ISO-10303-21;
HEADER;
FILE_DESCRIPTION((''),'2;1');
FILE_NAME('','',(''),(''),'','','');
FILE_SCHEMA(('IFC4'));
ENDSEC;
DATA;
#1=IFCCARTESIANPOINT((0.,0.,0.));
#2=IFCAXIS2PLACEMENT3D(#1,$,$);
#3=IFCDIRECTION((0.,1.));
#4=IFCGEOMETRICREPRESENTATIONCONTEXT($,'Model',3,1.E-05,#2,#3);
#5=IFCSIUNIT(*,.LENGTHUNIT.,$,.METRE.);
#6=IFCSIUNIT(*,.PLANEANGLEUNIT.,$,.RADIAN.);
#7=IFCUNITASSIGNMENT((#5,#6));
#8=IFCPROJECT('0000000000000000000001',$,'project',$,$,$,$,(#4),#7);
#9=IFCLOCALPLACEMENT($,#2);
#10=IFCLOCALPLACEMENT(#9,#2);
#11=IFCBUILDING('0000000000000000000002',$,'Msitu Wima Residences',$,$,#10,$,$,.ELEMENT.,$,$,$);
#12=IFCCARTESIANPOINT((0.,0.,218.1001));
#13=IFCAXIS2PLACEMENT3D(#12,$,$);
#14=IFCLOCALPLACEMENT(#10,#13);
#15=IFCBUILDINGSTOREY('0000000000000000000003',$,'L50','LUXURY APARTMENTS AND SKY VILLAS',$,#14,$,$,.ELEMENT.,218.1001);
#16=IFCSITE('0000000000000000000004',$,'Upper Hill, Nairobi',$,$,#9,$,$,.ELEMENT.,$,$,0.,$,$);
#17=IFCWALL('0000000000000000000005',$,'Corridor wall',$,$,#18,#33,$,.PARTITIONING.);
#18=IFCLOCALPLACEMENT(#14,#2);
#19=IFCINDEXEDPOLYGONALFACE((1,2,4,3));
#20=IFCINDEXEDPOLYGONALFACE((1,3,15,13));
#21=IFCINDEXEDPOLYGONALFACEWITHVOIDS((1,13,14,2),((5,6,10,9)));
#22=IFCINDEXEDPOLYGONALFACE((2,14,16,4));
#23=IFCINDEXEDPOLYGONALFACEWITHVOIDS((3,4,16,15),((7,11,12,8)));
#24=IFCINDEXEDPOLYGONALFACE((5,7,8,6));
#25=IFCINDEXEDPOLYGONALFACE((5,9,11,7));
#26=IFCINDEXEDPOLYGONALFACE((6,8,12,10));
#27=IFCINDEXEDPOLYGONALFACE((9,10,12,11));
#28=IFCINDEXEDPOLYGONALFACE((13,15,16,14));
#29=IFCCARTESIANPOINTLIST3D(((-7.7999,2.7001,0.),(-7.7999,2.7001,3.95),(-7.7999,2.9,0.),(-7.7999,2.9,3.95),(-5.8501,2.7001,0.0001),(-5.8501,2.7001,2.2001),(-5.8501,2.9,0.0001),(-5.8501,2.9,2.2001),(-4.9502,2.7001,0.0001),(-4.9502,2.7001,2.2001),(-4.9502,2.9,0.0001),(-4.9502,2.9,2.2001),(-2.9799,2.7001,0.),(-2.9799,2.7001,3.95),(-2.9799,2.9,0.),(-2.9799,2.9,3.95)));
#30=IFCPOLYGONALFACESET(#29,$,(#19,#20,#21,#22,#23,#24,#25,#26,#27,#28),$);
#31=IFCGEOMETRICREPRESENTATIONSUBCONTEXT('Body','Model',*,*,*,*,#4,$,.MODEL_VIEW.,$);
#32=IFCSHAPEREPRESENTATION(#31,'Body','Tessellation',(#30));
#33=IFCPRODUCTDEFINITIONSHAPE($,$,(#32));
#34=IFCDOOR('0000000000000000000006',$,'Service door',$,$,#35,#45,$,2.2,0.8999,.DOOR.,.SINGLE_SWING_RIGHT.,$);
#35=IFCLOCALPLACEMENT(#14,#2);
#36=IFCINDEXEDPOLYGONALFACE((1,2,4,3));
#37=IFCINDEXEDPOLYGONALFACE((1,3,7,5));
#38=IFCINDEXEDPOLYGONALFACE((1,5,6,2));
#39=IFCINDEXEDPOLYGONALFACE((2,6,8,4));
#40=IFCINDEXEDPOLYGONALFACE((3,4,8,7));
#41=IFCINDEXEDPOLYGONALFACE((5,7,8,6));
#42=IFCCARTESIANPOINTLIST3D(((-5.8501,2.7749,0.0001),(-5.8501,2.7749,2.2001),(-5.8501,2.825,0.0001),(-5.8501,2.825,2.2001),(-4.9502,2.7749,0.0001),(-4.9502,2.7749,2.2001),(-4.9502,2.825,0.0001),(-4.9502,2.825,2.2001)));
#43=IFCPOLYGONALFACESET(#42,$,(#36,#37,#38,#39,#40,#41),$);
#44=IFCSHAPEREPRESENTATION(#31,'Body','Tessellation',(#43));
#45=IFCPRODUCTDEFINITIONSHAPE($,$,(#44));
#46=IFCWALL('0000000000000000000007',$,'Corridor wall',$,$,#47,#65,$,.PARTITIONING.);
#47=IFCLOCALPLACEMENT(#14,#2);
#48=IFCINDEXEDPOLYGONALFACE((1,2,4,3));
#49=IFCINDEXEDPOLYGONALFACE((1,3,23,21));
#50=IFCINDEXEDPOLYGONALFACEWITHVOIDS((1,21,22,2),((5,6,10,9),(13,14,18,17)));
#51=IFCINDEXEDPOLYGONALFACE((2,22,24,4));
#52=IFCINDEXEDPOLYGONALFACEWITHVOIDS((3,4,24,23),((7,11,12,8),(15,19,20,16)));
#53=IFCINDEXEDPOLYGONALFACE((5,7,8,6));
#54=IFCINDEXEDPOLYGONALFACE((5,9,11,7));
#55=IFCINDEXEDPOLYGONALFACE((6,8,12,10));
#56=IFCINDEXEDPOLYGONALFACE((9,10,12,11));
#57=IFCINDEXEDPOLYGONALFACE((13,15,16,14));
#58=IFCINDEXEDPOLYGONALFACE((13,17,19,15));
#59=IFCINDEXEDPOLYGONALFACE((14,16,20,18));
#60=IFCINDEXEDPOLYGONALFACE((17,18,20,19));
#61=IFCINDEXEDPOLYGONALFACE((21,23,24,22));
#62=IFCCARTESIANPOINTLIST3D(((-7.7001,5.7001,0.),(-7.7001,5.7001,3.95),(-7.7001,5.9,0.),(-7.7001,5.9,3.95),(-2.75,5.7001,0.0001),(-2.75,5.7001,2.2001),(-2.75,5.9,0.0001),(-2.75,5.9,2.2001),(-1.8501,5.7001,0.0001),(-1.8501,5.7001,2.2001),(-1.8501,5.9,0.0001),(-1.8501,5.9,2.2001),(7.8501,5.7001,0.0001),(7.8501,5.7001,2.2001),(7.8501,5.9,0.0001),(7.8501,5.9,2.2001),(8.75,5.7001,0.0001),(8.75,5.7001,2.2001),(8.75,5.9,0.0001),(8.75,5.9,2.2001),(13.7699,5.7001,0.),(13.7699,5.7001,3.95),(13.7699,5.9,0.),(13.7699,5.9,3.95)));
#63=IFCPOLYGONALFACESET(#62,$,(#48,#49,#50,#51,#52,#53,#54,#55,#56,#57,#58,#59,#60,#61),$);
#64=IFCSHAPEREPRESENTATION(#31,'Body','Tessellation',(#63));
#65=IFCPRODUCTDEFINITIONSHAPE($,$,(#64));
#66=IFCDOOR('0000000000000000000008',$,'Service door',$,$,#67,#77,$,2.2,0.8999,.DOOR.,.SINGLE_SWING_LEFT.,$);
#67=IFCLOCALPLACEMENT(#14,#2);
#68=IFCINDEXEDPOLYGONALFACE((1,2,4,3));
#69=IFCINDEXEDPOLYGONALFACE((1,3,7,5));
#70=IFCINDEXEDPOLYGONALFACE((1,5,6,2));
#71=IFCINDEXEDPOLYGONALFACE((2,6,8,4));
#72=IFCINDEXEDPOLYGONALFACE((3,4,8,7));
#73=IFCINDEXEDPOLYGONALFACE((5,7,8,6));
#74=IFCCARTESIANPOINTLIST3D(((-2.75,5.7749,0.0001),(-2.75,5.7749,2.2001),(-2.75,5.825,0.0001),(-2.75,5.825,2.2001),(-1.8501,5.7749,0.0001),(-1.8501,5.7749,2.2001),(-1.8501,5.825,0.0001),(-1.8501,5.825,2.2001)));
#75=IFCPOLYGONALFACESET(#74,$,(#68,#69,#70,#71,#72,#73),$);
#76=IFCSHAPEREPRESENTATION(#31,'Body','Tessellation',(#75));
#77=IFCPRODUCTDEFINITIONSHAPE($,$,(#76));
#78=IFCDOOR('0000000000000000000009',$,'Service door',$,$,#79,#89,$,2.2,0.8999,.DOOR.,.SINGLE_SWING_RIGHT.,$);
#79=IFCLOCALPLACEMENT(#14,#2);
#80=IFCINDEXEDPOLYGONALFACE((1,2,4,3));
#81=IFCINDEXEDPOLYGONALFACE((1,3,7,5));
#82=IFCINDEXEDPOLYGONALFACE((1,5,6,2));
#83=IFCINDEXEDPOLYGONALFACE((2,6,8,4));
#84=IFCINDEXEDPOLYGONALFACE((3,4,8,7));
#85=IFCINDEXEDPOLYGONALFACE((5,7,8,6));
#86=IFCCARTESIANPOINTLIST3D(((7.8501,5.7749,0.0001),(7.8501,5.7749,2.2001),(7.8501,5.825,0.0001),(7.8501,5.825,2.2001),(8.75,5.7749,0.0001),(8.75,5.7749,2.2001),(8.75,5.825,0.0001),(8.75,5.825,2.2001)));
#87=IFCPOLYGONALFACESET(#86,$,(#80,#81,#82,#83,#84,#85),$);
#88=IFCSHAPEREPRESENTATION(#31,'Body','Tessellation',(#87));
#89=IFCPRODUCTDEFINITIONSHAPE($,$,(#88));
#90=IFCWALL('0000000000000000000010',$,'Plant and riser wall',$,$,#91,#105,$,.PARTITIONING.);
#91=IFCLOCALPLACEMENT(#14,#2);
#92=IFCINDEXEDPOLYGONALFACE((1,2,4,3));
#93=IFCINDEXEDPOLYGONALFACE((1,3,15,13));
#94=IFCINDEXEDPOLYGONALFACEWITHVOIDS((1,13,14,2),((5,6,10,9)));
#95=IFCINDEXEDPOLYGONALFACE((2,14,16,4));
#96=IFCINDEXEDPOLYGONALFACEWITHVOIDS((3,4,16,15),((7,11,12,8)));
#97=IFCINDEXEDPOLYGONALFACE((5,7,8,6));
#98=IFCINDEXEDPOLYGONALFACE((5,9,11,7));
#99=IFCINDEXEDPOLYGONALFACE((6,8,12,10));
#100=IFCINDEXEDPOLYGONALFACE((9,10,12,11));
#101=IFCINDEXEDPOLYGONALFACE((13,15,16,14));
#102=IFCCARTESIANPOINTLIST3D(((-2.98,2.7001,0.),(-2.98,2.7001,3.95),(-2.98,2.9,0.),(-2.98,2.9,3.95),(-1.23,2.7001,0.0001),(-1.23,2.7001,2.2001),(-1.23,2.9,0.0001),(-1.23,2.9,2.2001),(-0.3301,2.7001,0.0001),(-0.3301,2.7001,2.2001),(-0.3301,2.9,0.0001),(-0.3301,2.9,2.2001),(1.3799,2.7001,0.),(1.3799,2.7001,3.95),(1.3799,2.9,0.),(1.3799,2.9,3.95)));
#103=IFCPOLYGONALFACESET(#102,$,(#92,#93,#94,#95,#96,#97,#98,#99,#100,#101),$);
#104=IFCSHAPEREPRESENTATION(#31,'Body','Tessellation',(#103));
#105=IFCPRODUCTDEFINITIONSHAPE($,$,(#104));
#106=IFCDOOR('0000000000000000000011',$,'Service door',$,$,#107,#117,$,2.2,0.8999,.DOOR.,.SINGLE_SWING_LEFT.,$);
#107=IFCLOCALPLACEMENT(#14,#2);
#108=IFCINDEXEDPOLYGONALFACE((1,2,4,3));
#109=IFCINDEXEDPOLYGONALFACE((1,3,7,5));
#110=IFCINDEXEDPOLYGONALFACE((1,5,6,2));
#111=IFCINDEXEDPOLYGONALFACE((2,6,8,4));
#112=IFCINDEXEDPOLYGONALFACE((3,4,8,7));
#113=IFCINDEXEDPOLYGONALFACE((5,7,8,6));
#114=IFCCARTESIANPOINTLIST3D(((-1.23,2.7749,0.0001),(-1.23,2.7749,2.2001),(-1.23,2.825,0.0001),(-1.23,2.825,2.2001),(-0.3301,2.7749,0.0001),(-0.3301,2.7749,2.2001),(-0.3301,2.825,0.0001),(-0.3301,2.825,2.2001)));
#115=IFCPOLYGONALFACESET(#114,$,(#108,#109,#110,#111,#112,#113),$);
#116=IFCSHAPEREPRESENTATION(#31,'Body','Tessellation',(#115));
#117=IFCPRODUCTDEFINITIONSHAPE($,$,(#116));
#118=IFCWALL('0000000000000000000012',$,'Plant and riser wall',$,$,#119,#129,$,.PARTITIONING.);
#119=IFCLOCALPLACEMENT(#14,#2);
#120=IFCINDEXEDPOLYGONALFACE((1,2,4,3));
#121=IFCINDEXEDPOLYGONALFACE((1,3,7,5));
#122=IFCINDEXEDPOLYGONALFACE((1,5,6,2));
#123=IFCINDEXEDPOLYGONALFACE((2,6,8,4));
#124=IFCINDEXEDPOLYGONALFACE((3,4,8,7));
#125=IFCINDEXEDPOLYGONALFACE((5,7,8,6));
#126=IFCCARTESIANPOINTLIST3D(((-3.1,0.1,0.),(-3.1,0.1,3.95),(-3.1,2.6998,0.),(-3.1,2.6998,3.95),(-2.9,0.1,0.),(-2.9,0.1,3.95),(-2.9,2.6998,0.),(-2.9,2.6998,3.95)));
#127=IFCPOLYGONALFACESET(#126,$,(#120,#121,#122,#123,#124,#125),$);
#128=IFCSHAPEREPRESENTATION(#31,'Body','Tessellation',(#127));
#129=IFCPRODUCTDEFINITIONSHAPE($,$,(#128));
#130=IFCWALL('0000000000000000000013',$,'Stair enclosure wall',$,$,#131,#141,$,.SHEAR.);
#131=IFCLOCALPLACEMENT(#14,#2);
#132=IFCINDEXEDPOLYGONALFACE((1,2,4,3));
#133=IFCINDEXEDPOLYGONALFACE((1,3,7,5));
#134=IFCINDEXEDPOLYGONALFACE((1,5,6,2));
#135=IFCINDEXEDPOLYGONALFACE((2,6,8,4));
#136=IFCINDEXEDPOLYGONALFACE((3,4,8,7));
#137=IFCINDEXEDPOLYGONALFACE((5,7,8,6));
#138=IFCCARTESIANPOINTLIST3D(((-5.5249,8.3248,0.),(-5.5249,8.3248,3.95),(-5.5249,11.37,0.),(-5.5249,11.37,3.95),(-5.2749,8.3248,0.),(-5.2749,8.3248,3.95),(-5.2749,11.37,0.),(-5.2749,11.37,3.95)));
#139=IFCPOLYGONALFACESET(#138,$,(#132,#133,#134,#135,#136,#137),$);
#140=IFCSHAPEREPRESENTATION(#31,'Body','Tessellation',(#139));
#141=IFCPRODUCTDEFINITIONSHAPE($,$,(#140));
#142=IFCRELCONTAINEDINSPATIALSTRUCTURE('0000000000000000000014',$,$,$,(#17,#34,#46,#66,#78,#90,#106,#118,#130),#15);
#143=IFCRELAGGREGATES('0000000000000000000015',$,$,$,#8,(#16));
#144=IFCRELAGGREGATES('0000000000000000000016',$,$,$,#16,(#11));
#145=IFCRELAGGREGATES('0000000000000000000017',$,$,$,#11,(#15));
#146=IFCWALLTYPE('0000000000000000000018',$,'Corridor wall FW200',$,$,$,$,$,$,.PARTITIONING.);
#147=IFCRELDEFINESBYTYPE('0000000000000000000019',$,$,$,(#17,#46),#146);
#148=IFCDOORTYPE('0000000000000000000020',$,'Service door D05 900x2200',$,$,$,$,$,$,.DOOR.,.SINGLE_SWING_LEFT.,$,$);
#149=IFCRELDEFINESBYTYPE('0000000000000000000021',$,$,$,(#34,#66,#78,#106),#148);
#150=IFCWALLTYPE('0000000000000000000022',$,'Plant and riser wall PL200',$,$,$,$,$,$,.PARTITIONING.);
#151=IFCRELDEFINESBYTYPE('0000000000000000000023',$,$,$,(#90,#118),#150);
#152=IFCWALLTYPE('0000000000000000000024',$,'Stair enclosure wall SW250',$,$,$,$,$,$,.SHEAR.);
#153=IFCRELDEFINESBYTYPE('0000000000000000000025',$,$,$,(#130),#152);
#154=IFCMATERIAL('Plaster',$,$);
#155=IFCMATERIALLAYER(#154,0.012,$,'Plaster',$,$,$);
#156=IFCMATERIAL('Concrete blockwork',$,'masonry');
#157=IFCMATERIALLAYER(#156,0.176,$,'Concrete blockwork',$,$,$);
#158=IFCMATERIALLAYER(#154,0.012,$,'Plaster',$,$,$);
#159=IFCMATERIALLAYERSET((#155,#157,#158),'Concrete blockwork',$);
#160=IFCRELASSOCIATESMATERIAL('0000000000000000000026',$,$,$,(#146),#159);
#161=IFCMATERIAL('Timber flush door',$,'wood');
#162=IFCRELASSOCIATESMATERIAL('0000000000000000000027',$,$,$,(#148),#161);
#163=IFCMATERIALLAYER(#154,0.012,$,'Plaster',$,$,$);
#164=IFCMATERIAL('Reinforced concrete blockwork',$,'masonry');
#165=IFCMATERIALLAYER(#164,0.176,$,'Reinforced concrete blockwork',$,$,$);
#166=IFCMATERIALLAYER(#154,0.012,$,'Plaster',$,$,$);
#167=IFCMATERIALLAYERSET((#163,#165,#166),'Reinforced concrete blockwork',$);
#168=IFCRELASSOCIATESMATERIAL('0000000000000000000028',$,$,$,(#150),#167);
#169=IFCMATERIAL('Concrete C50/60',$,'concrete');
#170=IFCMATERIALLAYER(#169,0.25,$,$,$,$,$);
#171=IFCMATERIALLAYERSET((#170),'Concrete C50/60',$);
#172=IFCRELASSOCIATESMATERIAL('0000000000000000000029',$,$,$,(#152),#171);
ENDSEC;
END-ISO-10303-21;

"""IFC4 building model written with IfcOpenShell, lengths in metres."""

from ifc_helpers import new_model, si_unit, direction, frame, frame_2d, origin, place, context, subcontext, project, spatial, rectangle, extrude, material, layer, layer_set, type_object, element, fill, save


model = new_model("IFC4")

# Units and contexts
model_context = context("Model", 3, precision=1e-05, world=origin(), true_north=direction((0.0, 1.0)))
body_context = subcontext(model_context, "Body", "Model", "MODEL_VIEW")
ifc_project = project(units=[si_unit("LENGTHUNIT", "METRE"), si_unit("PLANEANGLEUNIT", "RADIAN")], contexts=[model_context])

# Site, building, storey
site_placement = place(None, origin())
site = spatial("IfcSite", under=ifc_project, at=site_placement, Name="Upper Hill, Nairobi", CompositionType="ELEMENT", RefElevation=0.0)
building_placement = place(site_placement, origin())
building = spatial("IfcBuilding", under=site, at=building_placement, Name="Msitu Wima Residences", CompositionType="ELEMENT")
storey_placement = place(building_placement, frame((0.0, 0.0, 218.1001)))
storey = spatial("IfcBuildingStorey", under=building, at=storey_placement, Name="L50", Description="LUXURY APARTMENTS AND SKY VILLAS", CompositionType="ELEMENT", Elevation=218.1001)

# Wall, opening, door
ifc_material_1 = material(Name="Plaster")
ifc_layer_1 = layer(ifc_material_1, 0.012, Name="Plaster")
ifc_material_2 = material(Name="Concrete blockwork", Category="masonry")
ifc_layer_2 = layer(ifc_material_2, 0.176, Name="Concrete blockwork")
ifc_layer_3 = layer(ifc_material_1, 0.012, Name="Plaster")
ifc_layer_set_1 = layer_set([ifc_layer_1, ifc_layer_2, ifc_layer_3], Name="Concrete blockwork")
wall_type_1 = type_object("IfcWallType", Name="Corridor wall FW200", PredefinedType="PARTITIONING", material=ifc_layer_set_1)
wall_1_placement = place(storey_placement, frame((-7.8, 2.8, 0.0), z_axis=(0.0, 0.0, 1.0), x_axis=(1.0, 0.0, 0.0)))
wall_1 = element("IfcWall", 1, at=wall_1_placement, inside=storey, type_object=wall_type_1, Name="Corridor wall", PredefinedType="PARTITIONING", context=body_context, shape_type="SweptSolid", body=[
    extrude(rectangle(XDim=4.8201, YDim=0.2, at=frame_2d((2.4102, 0.0))), origin(), (0.0, 0.0, 1.0), 3.95),
])
opening_1_placement = place(wall_1_placement, frame((1.95, 0.0, 0.0)))
opening_1 = element("IfcOpeningElement", 2, at=opening_1_placement, cuts=wall_1, PredefinedType="OPENING", context=body_context, shape_type="SweptSolid", body=[
    extrude(rectangle(XDim=0.8999, YDim=2.2, at=frame_2d((0.45, 1.1001))), frame((0.0, 0.1099, 0.0), z_axis=(0.0, -1.0, 0.0), x_axis=(1.0, 0.0, 0.0)), (0.0, 0.0, 1.0), 0.22),
])
ifc_material_3 = material(Name="Timber flush door", Category="wood")
door_type_1 = type_object("IfcDoorType", Name="Service door D05 900x2200", OperationType="SINGLE_SWING_LEFT", PredefinedType="DOOR", material=ifc_material_3)
door_1_placement = place(opening_1_placement, origin())
door_1 = element("IfcDoor", 3, at=door_1_placement, inside=storey, type_object=door_type_1, Name="Service door", OperationType="SINGLE_SWING_RIGHT", OverallHeight=2.2, OverallWidth=0.8999, PredefinedType="DOOR", context=body_context, shape_type="SweptSolid", body=[
    extrude(rectangle(XDim=0.8999, YDim=2.2, at=frame_2d((0.45, 1.1001))), frame((0.0, 0.0249, 0.0), z_axis=(0.0, -1.0, 0.0), x_axis=(1.0, 0.0, 0.0)), (0.0, 0.0, 1.0), 0.05),
])
fill(opening_1, door_1)

# Wall, openings, doors
wall_2_placement = place(storey_placement, frame((-7.7, 5.8, 0.0), z_axis=(0.0, 0.0, 1.0), x_axis=(1.0, 0.0, 0.0)))
wall_2 = element("IfcWall", 4, at=wall_2_placement, inside=storey, type_object=wall_type_1, Name="Corridor wall", PredefinedType="PARTITIONING", context=body_context, shape_type="SweptSolid", body=[
    extrude(rectangle(XDim=21.47, YDim=0.2, at=frame_2d((10.7349, 0.0))), origin(), (0.0, 0.0, 1.0), 3.95),
])
opening_2_placement = place(wall_2_placement, frame((4.95, 0.0, 0.0)))
opening_2 = element("IfcOpeningElement", 5, at=opening_2_placement, cuts=wall_2, PredefinedType="OPENING", context=body_context, shape_type="SweptSolid", body=[
    extrude(rectangle(XDim=0.8999, YDim=2.2, at=frame_2d((0.45, 1.1001))), frame((0.0, 0.1099, 0.0), z_axis=(0.0, -1.0, 0.0), x_axis=(1.0, 0.0, 0.0)), (0.0, 0.0, 1.0), 0.22),
])
opening_3_placement = place(wall_2_placement, frame((15.55, 0.0, 0.0)))
opening_3 = element("IfcOpeningElement", 6, at=opening_3_placement, cuts=wall_2, PredefinedType="OPENING", context=body_context, shape_type="SweptSolid", body=[
    extrude(rectangle(XDim=0.8999, YDim=2.2, at=frame_2d((0.45, 1.1001))), frame((0.0, 0.1099, 0.0), z_axis=(0.0, -1.0, 0.0), x_axis=(1.0, 0.0, 0.0)), (0.0, 0.0, 1.0), 0.22),
])
door_2_placement = place(opening_2_placement, origin())
door_2 = element("IfcDoor", 7, at=door_2_placement, inside=storey, type_object=door_type_1, Name="Service door", OperationType="SINGLE_SWING_LEFT", OverallHeight=2.2, OverallWidth=0.8999, PredefinedType="DOOR", context=body_context, shape_type="SweptSolid", body=[
    extrude(rectangle(XDim=0.8999, YDim=2.2, at=frame_2d((0.45, 1.1001))), frame((0.0, 0.0249, 0.0), z_axis=(0.0, -1.0, 0.0), x_axis=(1.0, 0.0, 0.0)), (0.0, 0.0, 1.0), 0.05),
])
fill(opening_2, door_2)
door_3_placement = place(opening_3_placement, origin())
door_3 = element("IfcDoor", 8, at=door_3_placement, inside=storey, type_object=door_type_1, Name="Service door", OperationType="SINGLE_SWING_RIGHT", OverallHeight=2.2, OverallWidth=0.8999, PredefinedType="DOOR", context=body_context, shape_type="SweptSolid", body=[
    extrude(rectangle(XDim=0.8999, YDim=2.2, at=frame_2d((0.45, 1.1001))), frame((0.0, 0.0249, 0.0), z_axis=(0.0, -1.0, 0.0), x_axis=(1.0, 0.0, 0.0)), (0.0, 0.0, 1.0), 0.05),
])
fill(opening_3, door_3)

# Wall, opening, door
ifc_layer_4 = layer(ifc_material_1, 0.012, Name="Plaster")
ifc_material_4 = material(Name="Reinforced concrete blockwork", Category="masonry")
ifc_layer_5 = layer(ifc_material_4, 0.176, Name="Reinforced concrete blockwork")
ifc_layer_6 = layer(ifc_material_1, 0.012, Name="Plaster")
ifc_layer_set_2 = layer_set([ifc_layer_4, ifc_layer_5, ifc_layer_6], Name="Reinforced concrete blockwork")
wall_type_2 = type_object("IfcWallType", Name="Plant and riser wall PL200", PredefinedType="PARTITIONING", material=ifc_layer_set_2)
wall_3_placement = place(storey_placement, frame((-2.98, 2.8, 0.0), z_axis=(0.0, 0.0, 1.0), x_axis=(1.0, 0.0, 0.0)))
wall_3 = element("IfcWall", 9, at=wall_3_placement, inside=storey, type_object=wall_type_2, Name="Plant and riser wall", PredefinedType="PARTITIONING", context=body_context, shape_type="SweptSolid", body=[
    extrude(rectangle(XDim=4.3599, YDim=0.2, at=frame_2d((2.1799, 0.0))), origin(), (0.0, 0.0, 1.0), 3.95),
])
opening_4_placement = place(wall_3_placement, frame((1.75, 0.0, 0.0)))
opening_4 = element("IfcOpeningElement", 10, at=opening_4_placement, cuts=wall_3, PredefinedType="OPENING", context=body_context, shape_type="SweptSolid", body=[
    extrude(rectangle(XDim=0.8999, YDim=2.2, at=frame_2d((0.45, 1.1001))), frame((0.0, 0.1099, 0.0), z_axis=(0.0, -1.0, 0.0), x_axis=(1.0, 0.0, 0.0)), (0.0, 0.0, 1.0), 0.22),
])
door_4_placement = place(opening_4_placement, origin())
door_4 = element("IfcDoor", 11, at=door_4_placement, inside=storey, type_object=door_type_1, Name="Service door", OperationType="SINGLE_SWING_LEFT", OverallHeight=2.2, OverallWidth=0.8999, PredefinedType="DOOR", context=body_context, shape_type="SweptSolid", body=[
    extrude(rectangle(XDim=0.8999, YDim=2.2, at=frame_2d((0.45, 1.1001))), frame((0.0, 0.0249, 0.0), z_axis=(0.0, -1.0, 0.0), x_axis=(1.0, 0.0, 0.0)), (0.0, 0.0, 1.0), 0.05),
])
fill(opening_4, door_4)

# Walls
wall_4_placement = place(storey_placement, frame((-3.0, 0.1001, 0.0), z_axis=(0.0, 0.0, 1.0), x_axis=(0.0, 1.0, 0.0)))
element("IfcWall", 12, at=wall_4_placement, inside=storey, type_object=wall_type_2, Name="Plant and riser wall", PredefinedType="PARTITIONING", context=body_context, shape_type="SweptSolid", body=[
    extrude(rectangle(XDim=2.5999, YDim=0.2, at=frame_2d((1.2998, 0.0))), origin(), (0.0, 0.0, 1.0), 3.95),
])
ifc_material_5 = material(Name="Concrete C50/60", Category="concrete")
ifc_layer_7 = layer(ifc_material_5, 0.25)
ifc_layer_set_3 = layer_set([ifc_layer_7], Name="Concrete C50/60")
wall_type_3 = type_object("IfcWallType", Name="Stair enclosure wall SW250", PredefinedType="SHEAR", material=ifc_layer_set_3)
wall_5_placement = place(storey_placement, frame((-5.3999, 8.325, 0.0), z_axis=(0.0, 0.0, 1.0), x_axis=(0.0, 1.0, 0.0)))
element("IfcWall", 13, at=wall_5_placement, inside=storey, type_object=wall_type_3, Name="Stair enclosure wall", PredefinedType="SHEAR", context=body_context, shape_type="SweptSolid", body=[
    extrude(rectangle(XDim=3.0452, YDim=0.25, at=frame_2d((1.5225, 0.0))), origin(), (0.0, 0.0, 1.0), 3.95),
])

save(model, "model.ifc")
